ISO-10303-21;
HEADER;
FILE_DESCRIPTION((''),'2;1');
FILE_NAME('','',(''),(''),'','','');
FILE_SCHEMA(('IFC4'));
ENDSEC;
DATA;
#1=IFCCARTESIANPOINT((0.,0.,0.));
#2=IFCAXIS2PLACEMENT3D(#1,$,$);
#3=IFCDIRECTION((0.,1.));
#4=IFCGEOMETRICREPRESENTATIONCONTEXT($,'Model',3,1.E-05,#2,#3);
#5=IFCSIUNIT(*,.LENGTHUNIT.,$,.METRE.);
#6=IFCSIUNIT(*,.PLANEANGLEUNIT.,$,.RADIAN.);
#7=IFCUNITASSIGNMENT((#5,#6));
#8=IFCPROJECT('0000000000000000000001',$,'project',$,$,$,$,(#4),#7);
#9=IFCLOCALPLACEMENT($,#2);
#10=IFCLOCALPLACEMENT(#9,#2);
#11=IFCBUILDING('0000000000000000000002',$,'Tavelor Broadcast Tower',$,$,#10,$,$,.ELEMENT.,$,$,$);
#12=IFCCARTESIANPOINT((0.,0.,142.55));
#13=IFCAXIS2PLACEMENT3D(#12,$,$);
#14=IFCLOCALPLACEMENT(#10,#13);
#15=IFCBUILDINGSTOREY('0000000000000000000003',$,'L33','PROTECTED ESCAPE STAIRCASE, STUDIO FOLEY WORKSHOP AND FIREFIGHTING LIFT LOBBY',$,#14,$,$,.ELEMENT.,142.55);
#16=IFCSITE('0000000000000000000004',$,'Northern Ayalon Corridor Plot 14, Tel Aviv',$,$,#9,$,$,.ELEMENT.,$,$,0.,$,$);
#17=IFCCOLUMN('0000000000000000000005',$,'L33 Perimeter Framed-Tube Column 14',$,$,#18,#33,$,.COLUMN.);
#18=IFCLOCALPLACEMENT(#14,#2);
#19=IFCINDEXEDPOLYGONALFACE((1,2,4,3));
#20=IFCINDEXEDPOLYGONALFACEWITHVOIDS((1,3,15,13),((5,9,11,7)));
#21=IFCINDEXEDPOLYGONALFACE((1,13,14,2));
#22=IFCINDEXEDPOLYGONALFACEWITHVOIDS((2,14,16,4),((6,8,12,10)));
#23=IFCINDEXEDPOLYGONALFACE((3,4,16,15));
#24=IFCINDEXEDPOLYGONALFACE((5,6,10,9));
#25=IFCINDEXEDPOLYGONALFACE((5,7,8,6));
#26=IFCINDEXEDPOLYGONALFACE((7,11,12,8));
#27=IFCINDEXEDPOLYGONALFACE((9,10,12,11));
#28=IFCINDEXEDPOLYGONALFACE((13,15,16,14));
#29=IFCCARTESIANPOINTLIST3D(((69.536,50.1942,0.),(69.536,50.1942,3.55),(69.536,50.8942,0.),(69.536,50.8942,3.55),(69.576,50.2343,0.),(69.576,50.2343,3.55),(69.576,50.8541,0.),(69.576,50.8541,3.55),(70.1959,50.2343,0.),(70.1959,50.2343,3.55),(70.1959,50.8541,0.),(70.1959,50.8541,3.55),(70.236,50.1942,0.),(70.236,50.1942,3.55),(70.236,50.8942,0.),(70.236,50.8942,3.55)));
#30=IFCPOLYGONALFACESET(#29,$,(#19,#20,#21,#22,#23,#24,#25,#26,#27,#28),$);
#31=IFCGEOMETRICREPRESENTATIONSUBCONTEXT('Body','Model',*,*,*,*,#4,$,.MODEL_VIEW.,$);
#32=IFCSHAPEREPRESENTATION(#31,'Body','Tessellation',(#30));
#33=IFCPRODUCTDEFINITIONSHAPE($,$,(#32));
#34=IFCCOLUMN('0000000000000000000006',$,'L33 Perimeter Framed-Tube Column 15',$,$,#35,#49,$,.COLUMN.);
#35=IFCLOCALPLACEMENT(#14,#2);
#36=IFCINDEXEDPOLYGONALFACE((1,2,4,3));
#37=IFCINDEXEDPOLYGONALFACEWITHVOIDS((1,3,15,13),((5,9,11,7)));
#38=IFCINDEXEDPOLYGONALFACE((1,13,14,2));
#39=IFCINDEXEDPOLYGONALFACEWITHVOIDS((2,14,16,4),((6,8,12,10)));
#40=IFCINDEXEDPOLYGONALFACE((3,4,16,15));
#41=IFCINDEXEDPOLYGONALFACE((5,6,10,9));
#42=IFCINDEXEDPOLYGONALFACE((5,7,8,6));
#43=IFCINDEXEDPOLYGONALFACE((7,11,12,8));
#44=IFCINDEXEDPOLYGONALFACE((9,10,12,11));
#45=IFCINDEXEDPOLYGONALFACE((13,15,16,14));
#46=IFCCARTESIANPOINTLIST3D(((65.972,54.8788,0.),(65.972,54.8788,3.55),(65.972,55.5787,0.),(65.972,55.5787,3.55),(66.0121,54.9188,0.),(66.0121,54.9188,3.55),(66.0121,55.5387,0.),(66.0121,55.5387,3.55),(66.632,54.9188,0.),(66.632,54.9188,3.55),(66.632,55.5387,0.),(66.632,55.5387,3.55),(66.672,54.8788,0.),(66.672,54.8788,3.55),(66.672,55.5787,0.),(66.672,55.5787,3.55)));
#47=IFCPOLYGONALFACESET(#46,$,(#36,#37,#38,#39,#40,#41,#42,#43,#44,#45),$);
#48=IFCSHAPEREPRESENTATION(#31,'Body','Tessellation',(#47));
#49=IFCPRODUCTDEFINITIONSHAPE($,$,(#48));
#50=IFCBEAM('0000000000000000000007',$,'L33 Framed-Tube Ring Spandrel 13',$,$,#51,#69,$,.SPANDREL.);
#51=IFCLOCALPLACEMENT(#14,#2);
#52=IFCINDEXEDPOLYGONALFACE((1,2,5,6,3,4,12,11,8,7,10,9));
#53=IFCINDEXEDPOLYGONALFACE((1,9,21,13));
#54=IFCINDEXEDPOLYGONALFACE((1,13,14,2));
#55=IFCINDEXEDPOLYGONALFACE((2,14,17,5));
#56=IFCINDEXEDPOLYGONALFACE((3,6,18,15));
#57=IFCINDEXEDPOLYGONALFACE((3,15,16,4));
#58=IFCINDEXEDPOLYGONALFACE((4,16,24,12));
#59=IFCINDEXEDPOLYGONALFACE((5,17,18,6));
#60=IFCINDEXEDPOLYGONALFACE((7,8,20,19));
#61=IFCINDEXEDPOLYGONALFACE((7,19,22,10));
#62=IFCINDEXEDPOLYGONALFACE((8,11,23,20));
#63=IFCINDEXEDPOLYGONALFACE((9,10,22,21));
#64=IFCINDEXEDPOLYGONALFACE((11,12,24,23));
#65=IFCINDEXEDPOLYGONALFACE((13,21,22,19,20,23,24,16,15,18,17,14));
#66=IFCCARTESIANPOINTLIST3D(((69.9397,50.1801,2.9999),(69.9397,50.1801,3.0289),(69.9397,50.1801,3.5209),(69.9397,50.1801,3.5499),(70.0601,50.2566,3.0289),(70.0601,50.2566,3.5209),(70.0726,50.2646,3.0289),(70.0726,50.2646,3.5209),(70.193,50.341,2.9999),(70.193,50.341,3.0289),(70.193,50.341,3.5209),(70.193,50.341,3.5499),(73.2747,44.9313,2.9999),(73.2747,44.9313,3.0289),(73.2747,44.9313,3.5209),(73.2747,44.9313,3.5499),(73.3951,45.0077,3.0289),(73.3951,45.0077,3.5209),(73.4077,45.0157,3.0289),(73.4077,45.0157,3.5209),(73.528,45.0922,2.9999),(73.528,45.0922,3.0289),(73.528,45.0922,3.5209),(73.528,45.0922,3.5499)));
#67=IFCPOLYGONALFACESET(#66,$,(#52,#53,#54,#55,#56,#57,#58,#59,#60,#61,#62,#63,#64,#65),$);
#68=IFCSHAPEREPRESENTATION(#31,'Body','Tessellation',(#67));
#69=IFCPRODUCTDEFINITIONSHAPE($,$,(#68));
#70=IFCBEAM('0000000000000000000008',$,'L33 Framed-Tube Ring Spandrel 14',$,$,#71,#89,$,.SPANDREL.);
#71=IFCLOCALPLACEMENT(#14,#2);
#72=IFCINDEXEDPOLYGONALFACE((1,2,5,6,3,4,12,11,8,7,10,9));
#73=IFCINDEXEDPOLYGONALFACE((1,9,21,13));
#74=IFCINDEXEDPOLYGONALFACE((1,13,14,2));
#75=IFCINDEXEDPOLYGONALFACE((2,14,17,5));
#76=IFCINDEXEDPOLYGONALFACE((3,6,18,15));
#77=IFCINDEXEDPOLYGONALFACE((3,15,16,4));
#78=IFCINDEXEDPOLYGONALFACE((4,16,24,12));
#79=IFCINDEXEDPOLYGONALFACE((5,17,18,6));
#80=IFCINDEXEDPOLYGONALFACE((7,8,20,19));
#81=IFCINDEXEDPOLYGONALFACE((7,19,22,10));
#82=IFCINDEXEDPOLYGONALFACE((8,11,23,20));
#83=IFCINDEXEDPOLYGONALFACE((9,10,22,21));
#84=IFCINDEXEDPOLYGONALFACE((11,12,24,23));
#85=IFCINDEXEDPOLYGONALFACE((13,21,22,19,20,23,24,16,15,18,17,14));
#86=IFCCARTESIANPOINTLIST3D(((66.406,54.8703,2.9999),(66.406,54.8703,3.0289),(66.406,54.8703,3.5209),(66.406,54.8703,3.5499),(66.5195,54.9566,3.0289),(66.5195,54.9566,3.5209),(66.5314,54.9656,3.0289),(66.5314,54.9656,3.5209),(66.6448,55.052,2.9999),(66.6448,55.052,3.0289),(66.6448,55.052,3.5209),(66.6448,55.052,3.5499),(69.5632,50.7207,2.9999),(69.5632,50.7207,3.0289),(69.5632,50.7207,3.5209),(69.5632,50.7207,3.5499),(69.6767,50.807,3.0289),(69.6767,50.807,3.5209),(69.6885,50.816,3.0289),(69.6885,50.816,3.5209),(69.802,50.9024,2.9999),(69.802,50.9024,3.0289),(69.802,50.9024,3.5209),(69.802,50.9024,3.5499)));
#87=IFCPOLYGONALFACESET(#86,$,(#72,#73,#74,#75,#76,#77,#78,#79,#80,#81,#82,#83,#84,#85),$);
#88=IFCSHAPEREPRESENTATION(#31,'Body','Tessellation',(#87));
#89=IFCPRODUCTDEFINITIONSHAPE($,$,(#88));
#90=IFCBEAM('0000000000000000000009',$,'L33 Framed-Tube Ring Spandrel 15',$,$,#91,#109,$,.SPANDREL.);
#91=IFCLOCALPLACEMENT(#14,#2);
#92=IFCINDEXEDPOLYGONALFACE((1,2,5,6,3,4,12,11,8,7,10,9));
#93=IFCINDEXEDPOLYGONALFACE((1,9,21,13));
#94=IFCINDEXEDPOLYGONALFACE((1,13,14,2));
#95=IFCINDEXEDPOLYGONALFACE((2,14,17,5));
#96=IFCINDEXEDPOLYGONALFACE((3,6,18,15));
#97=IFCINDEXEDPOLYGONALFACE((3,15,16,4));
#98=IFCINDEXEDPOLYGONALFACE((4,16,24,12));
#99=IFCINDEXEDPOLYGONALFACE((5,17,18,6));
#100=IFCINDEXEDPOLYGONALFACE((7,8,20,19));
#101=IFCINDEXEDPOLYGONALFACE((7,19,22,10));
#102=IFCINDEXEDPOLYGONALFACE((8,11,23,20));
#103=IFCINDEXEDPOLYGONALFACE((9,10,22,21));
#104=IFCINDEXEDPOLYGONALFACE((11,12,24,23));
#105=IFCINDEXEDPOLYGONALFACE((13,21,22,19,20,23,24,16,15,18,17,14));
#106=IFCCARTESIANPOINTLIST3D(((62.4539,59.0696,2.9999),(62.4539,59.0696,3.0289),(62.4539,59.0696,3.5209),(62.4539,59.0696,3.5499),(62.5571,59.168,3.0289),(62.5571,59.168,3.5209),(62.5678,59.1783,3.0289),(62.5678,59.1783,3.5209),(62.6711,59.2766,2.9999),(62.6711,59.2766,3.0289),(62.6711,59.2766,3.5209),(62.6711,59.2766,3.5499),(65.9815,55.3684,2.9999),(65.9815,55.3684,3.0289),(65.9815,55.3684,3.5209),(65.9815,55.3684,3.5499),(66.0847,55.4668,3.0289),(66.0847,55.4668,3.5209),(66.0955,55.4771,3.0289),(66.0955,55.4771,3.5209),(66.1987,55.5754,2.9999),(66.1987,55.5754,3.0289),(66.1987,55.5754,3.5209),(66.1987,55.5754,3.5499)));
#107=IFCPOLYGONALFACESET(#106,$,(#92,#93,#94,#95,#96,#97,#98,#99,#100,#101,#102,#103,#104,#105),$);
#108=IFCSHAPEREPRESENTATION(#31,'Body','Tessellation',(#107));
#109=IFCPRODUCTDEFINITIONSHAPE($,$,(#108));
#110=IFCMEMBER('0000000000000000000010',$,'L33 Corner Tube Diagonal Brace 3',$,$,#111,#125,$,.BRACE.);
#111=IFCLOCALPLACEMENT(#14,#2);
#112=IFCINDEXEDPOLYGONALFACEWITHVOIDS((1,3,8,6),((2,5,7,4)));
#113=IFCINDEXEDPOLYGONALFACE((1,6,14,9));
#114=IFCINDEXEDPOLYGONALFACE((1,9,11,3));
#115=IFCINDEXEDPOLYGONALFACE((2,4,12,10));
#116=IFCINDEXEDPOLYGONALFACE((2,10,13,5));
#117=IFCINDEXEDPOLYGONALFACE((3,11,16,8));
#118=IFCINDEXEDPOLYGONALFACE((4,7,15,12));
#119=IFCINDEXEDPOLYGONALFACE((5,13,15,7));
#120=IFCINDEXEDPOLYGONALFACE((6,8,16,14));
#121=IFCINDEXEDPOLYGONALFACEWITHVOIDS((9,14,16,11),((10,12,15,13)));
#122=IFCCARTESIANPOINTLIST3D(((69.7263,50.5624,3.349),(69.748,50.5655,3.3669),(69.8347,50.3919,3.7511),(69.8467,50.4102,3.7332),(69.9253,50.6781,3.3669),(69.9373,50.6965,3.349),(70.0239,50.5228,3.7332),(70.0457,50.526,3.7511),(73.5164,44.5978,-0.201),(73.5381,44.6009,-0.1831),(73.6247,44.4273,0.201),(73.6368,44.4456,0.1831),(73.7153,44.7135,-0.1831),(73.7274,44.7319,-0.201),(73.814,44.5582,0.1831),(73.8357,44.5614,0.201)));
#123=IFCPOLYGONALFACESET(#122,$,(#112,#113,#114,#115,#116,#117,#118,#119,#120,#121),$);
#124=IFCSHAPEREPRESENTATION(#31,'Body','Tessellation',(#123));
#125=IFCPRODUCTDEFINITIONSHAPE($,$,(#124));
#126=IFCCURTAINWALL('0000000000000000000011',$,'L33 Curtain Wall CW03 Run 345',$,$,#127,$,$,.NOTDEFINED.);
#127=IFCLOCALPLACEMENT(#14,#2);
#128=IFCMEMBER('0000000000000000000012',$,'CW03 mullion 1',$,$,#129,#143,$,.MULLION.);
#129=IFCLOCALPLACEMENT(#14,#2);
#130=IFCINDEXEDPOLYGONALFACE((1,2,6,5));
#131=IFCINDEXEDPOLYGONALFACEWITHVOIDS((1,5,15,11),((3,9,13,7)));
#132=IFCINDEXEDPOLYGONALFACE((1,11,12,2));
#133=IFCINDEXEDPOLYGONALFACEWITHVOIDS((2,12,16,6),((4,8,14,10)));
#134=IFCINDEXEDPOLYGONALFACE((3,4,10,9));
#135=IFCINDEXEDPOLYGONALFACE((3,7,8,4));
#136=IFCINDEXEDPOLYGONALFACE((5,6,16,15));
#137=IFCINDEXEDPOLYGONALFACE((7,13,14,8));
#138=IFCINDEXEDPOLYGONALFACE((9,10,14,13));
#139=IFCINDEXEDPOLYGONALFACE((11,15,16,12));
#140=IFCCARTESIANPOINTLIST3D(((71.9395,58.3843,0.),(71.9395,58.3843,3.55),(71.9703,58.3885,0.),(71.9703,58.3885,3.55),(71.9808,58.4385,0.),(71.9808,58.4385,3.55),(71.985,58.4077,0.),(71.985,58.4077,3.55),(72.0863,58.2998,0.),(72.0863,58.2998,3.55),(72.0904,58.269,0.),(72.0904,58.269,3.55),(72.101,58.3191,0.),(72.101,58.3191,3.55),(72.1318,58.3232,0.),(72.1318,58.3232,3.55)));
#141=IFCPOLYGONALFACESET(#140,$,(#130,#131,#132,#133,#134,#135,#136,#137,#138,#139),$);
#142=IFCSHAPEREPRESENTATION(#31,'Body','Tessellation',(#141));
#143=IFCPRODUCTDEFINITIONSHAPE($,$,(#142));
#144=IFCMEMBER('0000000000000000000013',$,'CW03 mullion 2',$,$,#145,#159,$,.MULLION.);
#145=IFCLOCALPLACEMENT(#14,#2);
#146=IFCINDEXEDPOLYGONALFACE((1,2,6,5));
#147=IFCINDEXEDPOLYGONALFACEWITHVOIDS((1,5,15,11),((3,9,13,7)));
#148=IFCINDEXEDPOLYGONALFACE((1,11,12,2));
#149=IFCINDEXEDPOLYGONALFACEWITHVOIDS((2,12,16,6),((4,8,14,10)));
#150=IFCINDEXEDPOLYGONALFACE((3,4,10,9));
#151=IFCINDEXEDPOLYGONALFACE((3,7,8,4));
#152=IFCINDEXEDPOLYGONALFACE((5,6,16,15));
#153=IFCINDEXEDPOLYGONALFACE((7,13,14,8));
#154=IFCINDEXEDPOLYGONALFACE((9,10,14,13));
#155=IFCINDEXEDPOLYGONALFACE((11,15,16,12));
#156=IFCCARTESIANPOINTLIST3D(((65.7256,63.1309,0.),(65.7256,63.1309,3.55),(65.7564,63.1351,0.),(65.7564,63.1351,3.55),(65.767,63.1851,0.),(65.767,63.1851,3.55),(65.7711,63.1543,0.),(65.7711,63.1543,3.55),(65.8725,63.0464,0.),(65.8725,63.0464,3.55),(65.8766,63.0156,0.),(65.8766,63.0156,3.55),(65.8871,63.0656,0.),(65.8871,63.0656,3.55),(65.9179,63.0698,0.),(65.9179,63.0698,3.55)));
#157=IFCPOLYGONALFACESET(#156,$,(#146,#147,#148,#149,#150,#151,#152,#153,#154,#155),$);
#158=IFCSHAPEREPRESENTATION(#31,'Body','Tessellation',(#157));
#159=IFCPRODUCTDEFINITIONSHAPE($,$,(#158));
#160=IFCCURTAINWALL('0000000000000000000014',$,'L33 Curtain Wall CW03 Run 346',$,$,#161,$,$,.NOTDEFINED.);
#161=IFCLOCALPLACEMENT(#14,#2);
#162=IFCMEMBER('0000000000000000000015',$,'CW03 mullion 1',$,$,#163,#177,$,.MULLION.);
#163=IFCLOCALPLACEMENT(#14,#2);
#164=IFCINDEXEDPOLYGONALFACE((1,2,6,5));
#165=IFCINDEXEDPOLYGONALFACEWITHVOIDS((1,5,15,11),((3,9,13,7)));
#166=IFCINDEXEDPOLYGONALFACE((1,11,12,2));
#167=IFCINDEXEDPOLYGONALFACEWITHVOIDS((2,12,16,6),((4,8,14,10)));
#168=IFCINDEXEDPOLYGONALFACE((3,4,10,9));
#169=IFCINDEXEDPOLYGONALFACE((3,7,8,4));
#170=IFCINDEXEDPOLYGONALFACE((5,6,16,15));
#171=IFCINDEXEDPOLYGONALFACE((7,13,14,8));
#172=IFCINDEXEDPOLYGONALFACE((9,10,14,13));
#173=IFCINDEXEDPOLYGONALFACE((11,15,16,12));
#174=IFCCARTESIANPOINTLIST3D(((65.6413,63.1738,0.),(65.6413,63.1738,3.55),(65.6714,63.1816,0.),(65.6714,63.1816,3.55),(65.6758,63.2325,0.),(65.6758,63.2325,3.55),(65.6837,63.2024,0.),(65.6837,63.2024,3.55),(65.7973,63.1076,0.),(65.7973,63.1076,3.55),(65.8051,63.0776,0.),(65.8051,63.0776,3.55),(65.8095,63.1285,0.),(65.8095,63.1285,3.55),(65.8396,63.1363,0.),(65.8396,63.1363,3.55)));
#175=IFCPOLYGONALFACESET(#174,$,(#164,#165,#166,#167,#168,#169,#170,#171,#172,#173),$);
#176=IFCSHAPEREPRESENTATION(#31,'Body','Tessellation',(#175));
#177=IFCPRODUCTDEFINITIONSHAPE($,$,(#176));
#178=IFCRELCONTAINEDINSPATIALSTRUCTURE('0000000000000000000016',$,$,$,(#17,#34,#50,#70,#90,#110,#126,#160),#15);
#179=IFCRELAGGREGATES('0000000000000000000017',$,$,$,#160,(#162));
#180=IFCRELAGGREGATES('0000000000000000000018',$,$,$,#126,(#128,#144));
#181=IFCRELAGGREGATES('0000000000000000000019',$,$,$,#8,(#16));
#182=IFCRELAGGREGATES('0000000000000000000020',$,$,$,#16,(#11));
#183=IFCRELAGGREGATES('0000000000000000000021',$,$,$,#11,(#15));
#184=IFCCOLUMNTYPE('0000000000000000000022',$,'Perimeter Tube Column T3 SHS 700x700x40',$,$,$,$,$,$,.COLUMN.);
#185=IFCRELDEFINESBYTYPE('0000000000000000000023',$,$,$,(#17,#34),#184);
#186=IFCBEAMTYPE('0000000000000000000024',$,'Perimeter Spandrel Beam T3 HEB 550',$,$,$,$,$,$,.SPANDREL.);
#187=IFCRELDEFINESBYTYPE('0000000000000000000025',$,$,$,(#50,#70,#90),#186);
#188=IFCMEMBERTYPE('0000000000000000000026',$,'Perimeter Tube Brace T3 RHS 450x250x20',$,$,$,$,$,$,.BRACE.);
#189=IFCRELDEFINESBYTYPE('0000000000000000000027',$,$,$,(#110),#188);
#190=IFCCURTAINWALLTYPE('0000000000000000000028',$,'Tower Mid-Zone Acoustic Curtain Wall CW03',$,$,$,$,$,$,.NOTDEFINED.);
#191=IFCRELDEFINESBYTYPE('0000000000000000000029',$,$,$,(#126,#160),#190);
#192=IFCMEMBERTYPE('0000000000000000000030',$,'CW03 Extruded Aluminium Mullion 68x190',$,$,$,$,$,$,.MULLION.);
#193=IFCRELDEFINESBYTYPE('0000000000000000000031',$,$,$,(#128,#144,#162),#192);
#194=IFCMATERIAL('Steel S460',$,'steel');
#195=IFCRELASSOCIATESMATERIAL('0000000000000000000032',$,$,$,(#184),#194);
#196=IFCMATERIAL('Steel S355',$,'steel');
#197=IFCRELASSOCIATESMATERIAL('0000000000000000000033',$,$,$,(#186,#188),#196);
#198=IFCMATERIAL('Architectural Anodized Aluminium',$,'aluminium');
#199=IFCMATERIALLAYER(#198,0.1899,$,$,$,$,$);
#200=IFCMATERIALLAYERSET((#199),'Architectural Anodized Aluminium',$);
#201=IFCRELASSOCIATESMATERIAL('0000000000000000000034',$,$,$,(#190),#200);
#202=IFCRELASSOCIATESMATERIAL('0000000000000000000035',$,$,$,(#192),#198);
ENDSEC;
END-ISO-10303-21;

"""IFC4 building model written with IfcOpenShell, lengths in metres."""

from ifc_helpers import new_model, si_unit, direction, frame, origin, origin_2d, place, context, subcontext, project, spatial, hollow_rectangle, i_section, extrude, source, transform, mapped, material, layer, layer_set, material_profile, profile_set, type_object, type_shapes, element, aggregate, save


model = new_model("IFC4")

# Units and contexts
model_context = context("Model", 3, precision=1e-05, world=origin(), true_north=direction((0.0, 1.0)))
body_context = subcontext(model_context, "Body", "Model", "MODEL_VIEW")
ifc_project = project(units=[si_unit("LENGTHUNIT", "METRE"), si_unit("PLANEANGLEUNIT", "RADIAN")], contexts=[model_context])

# Site, building, storey
site_placement = place(None, origin())
site = spatial("IfcSite", under=ifc_project, at=site_placement, Name="Northern Ayalon Corridor Plot 14, Tel Aviv", CompositionType="ELEMENT", RefElevation=0.0)
building_placement = place(site_placement, origin())
building = spatial("IfcBuilding", under=site, at=building_placement, Name="Tavelor Broadcast Tower", CompositionType="ELEMENT")
storey_placement = place(building_placement, frame((0.0, 0.0, 142.55)))
storey = spatial("IfcBuildingStorey", under=building, at=storey_placement, Name="L33", Description="PROTECTED ESCAPE STAIRCASE, STUDIO FOLEY WORKSHOP AND FIREFIGHTING LIFT LOBBY", CompositionType="ELEMENT", Elevation=142.55)

# Columns
ifc_material_1 = material(Name="Steel S460", Category="steel")
ifc_material_profile_1 = material_profile(ifc_material_1, hollow_rectangle(XDim=0.7, YDim=0.7, WallThickness=0.04, at=origin_2d()), Name="SHS 700x700x40")
ifc_profile_set_1 = profile_set([ifc_material_profile_1], Name="Steel S460")
column_type = type_object("IfcColumnType", Name="Perimeter Tube Column T3 SHS 700x700x40", PredefinedType="COLUMN", material=ifc_profile_set_1)
for number, where, z_axis, x_axis, name in (
    (1, (69.886, 50.5442, 0.0), (0.0, 0.0, 1.0), (1.0, 0.0, 0.0), "L33 Perimeter Framed-Tube Column 14"),
    (2, (66.322, 55.2288, 0.0), (0.0, 0.0, 1.0), (1.0, 0.0, 0.0), "L33 Perimeter Framed-Tube Column 15"),
):
    element("IfcColumn", number, at=place(storey_placement, frame(where, z_axis=z_axis, x_axis=x_axis)), inside=storey, type_object=column_type, Name=name, PredefinedType="COLUMN", context=body_context, shape_type="SweptSolid", body=[
        extrude(hollow_rectangle(XDim=0.7, YDim=0.7, WallThickness=0.04, at=origin_2d()), origin(), (0.0, 0.0, 1.0), 3.55),
    ])

# Beams
ifc_material_2 = material(Name="Steel S355", Category="steel")
ifc_material_profile_2 = material_profile(ifc_material_2, i_section(OverallWidth=0.3, OverallDepth=0.55, WebThickness=0.0149, FlangeThickness=0.0291, at=origin_2d()), Name="HEB 550")
ifc_profile_set_2 = profile_set([ifc_material_profile_2], Name="Steel S355")
beam_type = type_object("IfcBeamType", Name="Perimeter Spandrel Beam T3 HEB 550", PredefinedType="SPANDREL", material=ifc_profile_set_2)
beam_1_placement = place(storey_placement, frame((73.4014, 45.0117, 3.2749), z_axis=(-0.536283, 0.844038, 0.0), x_axis=(-0.844038, -0.536283, 0.0)))
element("IfcBeam", 3, at=beam_1_placement, inside=storey, type_object=beam_type, Name="L33 Framed-Tube Ring Spandrel 13", PredefinedType="SPANDREL", context=body_context, shape_type="SweptSolid", body=[
    extrude(i_section(OverallWidth=0.3, OverallDepth=0.55, WebThickness=0.0149, FlangeThickness=0.0291, at=origin_2d()), origin(), (0.0, 0.0, 1.0), 6.2188),
])
beam_2_placement = place(storey_placement, frame((69.6826, 50.8115, 3.2749), z_axis=(-0.605507, 0.79584, 0.0), x_axis=(-0.79584, -0.605507, 0.0)))
element("IfcBeam", 4, at=beam_2_placement, inside=storey, type_object=beam_type, Name="L33 Framed-Tube Ring Spandrel 14", PredefinedType="SPANDREL", context=body_context, shape_type="SweptSolid", body=[
    extrude(i_section(OverallWidth=0.3, OverallDepth=0.55, WebThickness=0.0149, FlangeThickness=0.0291, at=origin_2d()), origin(), (0.0, 0.0, 1.0), 5.2141),
])
beam_3_placement = place(storey_placement, frame((66.0901, 55.4719, 3.2749), z_axis=(-0.689928, 0.723878, 0.0), x_axis=(-0.723878, -0.689928, 0.0)))
element("IfcBeam", 5, at=beam_3_placement, inside=storey, type_object=beam_type, Name="L33 Framed-Tube Ring Spandrel 15", PredefinedType="SPANDREL", context=body_context, shape_type="SweptSolid", body=[
    extrude(i_section(OverallWidth=0.3, OverallDepth=0.55, WebThickness=0.0149, FlangeThickness=0.0291, at=origin_2d()), origin(), (0.0, 0.0, 1.0), 5.113),
])

# Member
ifc_material_profile_3 = material_profile(ifc_material_2, hollow_rectangle(XDim=0.25, YDim=0.45, WallThickness=0.02, at=origin_2d()), Name="RHS 450x250x20")
ifc_profile_set_3 = profile_set([ifc_material_profile_3], Name="Steel S355")
member_type_1 = type_object("IfcMemberType", Name="Perimeter Tube Brace T3 RHS 450x250x20", PredefinedType="BRACE", material=ifc_profile_set_3)
member_1_placement = place(storey_placement, frame((73.676, 44.5796, 0.0), z_axis=(-0.479239, 0.754205, 0.448893), x_axis=(-0.844021, -0.53631, 0.0)))
element("IfcMember", 6, at=member_1_placement, inside=storey, type_object=member_type_1, Name="L33 Corner Tube Diagonal Brace 3", PredefinedType="BRACE", context=body_context, shape_type="SweptSolid", body=[
    extrude(hollow_rectangle(XDim=0.25, YDim=0.45, WallThickness=0.02, at=origin_2d()), origin(), (0.0, 0.0, 1.0), 7.9084),
])

# Curtain wall, members
ifc_material_3 = material(Name="Architectural Anodized Aluminium", Category="aluminium")
ifc_layer_1 = layer(ifc_material_3, 0.1899)
ifc_layer_set_1 = layer_set([ifc_layer_1], Name="Architectural Anodized Aluminium")
curtain_wall_type = type_object("IfcCurtainWallType", Name="Tower Mid-Zone Acoustic Curtain Wall CW03", PredefinedType="NOTDEFINED", material=ifc_layer_set_1)
curtain_wall_1_placement = place(storey_placement, origin())
curtain_wall_1 = element("IfcCurtainWall", 7, at=curtain_wall_1_placement, inside=storey, type_object=curtain_wall_type, Name="L33 Curtain Wall CW03 Run 345", PredefinedType="NOTDEFINED")
ifc_material_profile_4 = material_profile(ifc_material_3, hollow_rectangle(XDim=0.0681, YDim=0.1899, WallThickness=0.022, at=origin_2d()), Name="RHS 68x190x22")
ifc_profile_set_4 = profile_set([ifc_material_profile_4], Name="Architectural Anodized Aluminium")
member_type_2 = type_object("IfcMemberType", Name="CW03 Extruded Aluminium Mullion 68x190", PredefinedType="MULLION", material=ifc_profile_set_4)
shared_shape_1 = source(origin(), body_context, "Body", "SweptSolid", [
    extrude(hollow_rectangle(XDim=0.0681, YDim=0.1899, WallThickness=0.022, at=origin_2d()), origin(), (0.0, 0.0, 1.0), 3.55),
])
type_shapes(member_type_2, [shared_shape_1])
member_2_placement = place(storey_placement, frame((72.0356, 58.3538, 0.0), z_axis=(0.0, 0.0, 1.0), x_axis=(-0.607034, -0.794676, 0.0)))
member_2 = element("IfcMember", 8, at=member_2_placement, type_object=member_type_2, Name="CW03 mullion 1", PredefinedType="MULLION", context=body_context, shape_type="MappedRepresentation", body=[
    mapped(shared_shape_1, transform((0.0, 0.0, 0.0), scale=1.0)),
])
member_3_placement = place(storey_placement, frame((65.8218, 63.1003, 0.0), z_axis=(0.0, 0.0, 1.0), x_axis=(-0.607034, -0.794676, 0.0)))
member_3 = element("IfcMember", 9, at=member_3_placement, type_object=member_type_2, Name="CW03 mullion 2", PredefinedType="MULLION", context=body_context, shape_type="MappedRepresentation", body=[
    mapped(shared_shape_1, transform((0.0, 0.0, 0.0), scale=1.0)),
])

# Curtain wall, member
curtain_wall_2_placement = place(storey_placement, origin())
curtain_wall_2 = element("IfcCurtainWall", 10, at=curtain_wall_2_placement, inside=storey, type_object=curtain_wall_type, Name="L33 Curtain Wall CW03 Run 346", PredefinedType="NOTDEFINED")
member_4_placement = place(storey_placement, frame((65.7405, 63.155, 0.0), z_axis=(0.0, 0.0, 1.0), x_axis=(-0.506401, -0.862298, 0.0)))
member_4 = element("IfcMember", 11, at=member_4_placement, type_object=member_type_2, Name="CW03 mullion 1", PredefinedType="MULLION", context=body_context, shape_type="MappedRepresentation", body=[
    mapped(shared_shape_1, transform((0.0, 0.0, 0.0), scale=1.0)),
])
aggregate(curtain_wall_2, [member_4])

aggregate(curtain_wall_1, [member_2, member_3])

save(model, "model.ifc")
